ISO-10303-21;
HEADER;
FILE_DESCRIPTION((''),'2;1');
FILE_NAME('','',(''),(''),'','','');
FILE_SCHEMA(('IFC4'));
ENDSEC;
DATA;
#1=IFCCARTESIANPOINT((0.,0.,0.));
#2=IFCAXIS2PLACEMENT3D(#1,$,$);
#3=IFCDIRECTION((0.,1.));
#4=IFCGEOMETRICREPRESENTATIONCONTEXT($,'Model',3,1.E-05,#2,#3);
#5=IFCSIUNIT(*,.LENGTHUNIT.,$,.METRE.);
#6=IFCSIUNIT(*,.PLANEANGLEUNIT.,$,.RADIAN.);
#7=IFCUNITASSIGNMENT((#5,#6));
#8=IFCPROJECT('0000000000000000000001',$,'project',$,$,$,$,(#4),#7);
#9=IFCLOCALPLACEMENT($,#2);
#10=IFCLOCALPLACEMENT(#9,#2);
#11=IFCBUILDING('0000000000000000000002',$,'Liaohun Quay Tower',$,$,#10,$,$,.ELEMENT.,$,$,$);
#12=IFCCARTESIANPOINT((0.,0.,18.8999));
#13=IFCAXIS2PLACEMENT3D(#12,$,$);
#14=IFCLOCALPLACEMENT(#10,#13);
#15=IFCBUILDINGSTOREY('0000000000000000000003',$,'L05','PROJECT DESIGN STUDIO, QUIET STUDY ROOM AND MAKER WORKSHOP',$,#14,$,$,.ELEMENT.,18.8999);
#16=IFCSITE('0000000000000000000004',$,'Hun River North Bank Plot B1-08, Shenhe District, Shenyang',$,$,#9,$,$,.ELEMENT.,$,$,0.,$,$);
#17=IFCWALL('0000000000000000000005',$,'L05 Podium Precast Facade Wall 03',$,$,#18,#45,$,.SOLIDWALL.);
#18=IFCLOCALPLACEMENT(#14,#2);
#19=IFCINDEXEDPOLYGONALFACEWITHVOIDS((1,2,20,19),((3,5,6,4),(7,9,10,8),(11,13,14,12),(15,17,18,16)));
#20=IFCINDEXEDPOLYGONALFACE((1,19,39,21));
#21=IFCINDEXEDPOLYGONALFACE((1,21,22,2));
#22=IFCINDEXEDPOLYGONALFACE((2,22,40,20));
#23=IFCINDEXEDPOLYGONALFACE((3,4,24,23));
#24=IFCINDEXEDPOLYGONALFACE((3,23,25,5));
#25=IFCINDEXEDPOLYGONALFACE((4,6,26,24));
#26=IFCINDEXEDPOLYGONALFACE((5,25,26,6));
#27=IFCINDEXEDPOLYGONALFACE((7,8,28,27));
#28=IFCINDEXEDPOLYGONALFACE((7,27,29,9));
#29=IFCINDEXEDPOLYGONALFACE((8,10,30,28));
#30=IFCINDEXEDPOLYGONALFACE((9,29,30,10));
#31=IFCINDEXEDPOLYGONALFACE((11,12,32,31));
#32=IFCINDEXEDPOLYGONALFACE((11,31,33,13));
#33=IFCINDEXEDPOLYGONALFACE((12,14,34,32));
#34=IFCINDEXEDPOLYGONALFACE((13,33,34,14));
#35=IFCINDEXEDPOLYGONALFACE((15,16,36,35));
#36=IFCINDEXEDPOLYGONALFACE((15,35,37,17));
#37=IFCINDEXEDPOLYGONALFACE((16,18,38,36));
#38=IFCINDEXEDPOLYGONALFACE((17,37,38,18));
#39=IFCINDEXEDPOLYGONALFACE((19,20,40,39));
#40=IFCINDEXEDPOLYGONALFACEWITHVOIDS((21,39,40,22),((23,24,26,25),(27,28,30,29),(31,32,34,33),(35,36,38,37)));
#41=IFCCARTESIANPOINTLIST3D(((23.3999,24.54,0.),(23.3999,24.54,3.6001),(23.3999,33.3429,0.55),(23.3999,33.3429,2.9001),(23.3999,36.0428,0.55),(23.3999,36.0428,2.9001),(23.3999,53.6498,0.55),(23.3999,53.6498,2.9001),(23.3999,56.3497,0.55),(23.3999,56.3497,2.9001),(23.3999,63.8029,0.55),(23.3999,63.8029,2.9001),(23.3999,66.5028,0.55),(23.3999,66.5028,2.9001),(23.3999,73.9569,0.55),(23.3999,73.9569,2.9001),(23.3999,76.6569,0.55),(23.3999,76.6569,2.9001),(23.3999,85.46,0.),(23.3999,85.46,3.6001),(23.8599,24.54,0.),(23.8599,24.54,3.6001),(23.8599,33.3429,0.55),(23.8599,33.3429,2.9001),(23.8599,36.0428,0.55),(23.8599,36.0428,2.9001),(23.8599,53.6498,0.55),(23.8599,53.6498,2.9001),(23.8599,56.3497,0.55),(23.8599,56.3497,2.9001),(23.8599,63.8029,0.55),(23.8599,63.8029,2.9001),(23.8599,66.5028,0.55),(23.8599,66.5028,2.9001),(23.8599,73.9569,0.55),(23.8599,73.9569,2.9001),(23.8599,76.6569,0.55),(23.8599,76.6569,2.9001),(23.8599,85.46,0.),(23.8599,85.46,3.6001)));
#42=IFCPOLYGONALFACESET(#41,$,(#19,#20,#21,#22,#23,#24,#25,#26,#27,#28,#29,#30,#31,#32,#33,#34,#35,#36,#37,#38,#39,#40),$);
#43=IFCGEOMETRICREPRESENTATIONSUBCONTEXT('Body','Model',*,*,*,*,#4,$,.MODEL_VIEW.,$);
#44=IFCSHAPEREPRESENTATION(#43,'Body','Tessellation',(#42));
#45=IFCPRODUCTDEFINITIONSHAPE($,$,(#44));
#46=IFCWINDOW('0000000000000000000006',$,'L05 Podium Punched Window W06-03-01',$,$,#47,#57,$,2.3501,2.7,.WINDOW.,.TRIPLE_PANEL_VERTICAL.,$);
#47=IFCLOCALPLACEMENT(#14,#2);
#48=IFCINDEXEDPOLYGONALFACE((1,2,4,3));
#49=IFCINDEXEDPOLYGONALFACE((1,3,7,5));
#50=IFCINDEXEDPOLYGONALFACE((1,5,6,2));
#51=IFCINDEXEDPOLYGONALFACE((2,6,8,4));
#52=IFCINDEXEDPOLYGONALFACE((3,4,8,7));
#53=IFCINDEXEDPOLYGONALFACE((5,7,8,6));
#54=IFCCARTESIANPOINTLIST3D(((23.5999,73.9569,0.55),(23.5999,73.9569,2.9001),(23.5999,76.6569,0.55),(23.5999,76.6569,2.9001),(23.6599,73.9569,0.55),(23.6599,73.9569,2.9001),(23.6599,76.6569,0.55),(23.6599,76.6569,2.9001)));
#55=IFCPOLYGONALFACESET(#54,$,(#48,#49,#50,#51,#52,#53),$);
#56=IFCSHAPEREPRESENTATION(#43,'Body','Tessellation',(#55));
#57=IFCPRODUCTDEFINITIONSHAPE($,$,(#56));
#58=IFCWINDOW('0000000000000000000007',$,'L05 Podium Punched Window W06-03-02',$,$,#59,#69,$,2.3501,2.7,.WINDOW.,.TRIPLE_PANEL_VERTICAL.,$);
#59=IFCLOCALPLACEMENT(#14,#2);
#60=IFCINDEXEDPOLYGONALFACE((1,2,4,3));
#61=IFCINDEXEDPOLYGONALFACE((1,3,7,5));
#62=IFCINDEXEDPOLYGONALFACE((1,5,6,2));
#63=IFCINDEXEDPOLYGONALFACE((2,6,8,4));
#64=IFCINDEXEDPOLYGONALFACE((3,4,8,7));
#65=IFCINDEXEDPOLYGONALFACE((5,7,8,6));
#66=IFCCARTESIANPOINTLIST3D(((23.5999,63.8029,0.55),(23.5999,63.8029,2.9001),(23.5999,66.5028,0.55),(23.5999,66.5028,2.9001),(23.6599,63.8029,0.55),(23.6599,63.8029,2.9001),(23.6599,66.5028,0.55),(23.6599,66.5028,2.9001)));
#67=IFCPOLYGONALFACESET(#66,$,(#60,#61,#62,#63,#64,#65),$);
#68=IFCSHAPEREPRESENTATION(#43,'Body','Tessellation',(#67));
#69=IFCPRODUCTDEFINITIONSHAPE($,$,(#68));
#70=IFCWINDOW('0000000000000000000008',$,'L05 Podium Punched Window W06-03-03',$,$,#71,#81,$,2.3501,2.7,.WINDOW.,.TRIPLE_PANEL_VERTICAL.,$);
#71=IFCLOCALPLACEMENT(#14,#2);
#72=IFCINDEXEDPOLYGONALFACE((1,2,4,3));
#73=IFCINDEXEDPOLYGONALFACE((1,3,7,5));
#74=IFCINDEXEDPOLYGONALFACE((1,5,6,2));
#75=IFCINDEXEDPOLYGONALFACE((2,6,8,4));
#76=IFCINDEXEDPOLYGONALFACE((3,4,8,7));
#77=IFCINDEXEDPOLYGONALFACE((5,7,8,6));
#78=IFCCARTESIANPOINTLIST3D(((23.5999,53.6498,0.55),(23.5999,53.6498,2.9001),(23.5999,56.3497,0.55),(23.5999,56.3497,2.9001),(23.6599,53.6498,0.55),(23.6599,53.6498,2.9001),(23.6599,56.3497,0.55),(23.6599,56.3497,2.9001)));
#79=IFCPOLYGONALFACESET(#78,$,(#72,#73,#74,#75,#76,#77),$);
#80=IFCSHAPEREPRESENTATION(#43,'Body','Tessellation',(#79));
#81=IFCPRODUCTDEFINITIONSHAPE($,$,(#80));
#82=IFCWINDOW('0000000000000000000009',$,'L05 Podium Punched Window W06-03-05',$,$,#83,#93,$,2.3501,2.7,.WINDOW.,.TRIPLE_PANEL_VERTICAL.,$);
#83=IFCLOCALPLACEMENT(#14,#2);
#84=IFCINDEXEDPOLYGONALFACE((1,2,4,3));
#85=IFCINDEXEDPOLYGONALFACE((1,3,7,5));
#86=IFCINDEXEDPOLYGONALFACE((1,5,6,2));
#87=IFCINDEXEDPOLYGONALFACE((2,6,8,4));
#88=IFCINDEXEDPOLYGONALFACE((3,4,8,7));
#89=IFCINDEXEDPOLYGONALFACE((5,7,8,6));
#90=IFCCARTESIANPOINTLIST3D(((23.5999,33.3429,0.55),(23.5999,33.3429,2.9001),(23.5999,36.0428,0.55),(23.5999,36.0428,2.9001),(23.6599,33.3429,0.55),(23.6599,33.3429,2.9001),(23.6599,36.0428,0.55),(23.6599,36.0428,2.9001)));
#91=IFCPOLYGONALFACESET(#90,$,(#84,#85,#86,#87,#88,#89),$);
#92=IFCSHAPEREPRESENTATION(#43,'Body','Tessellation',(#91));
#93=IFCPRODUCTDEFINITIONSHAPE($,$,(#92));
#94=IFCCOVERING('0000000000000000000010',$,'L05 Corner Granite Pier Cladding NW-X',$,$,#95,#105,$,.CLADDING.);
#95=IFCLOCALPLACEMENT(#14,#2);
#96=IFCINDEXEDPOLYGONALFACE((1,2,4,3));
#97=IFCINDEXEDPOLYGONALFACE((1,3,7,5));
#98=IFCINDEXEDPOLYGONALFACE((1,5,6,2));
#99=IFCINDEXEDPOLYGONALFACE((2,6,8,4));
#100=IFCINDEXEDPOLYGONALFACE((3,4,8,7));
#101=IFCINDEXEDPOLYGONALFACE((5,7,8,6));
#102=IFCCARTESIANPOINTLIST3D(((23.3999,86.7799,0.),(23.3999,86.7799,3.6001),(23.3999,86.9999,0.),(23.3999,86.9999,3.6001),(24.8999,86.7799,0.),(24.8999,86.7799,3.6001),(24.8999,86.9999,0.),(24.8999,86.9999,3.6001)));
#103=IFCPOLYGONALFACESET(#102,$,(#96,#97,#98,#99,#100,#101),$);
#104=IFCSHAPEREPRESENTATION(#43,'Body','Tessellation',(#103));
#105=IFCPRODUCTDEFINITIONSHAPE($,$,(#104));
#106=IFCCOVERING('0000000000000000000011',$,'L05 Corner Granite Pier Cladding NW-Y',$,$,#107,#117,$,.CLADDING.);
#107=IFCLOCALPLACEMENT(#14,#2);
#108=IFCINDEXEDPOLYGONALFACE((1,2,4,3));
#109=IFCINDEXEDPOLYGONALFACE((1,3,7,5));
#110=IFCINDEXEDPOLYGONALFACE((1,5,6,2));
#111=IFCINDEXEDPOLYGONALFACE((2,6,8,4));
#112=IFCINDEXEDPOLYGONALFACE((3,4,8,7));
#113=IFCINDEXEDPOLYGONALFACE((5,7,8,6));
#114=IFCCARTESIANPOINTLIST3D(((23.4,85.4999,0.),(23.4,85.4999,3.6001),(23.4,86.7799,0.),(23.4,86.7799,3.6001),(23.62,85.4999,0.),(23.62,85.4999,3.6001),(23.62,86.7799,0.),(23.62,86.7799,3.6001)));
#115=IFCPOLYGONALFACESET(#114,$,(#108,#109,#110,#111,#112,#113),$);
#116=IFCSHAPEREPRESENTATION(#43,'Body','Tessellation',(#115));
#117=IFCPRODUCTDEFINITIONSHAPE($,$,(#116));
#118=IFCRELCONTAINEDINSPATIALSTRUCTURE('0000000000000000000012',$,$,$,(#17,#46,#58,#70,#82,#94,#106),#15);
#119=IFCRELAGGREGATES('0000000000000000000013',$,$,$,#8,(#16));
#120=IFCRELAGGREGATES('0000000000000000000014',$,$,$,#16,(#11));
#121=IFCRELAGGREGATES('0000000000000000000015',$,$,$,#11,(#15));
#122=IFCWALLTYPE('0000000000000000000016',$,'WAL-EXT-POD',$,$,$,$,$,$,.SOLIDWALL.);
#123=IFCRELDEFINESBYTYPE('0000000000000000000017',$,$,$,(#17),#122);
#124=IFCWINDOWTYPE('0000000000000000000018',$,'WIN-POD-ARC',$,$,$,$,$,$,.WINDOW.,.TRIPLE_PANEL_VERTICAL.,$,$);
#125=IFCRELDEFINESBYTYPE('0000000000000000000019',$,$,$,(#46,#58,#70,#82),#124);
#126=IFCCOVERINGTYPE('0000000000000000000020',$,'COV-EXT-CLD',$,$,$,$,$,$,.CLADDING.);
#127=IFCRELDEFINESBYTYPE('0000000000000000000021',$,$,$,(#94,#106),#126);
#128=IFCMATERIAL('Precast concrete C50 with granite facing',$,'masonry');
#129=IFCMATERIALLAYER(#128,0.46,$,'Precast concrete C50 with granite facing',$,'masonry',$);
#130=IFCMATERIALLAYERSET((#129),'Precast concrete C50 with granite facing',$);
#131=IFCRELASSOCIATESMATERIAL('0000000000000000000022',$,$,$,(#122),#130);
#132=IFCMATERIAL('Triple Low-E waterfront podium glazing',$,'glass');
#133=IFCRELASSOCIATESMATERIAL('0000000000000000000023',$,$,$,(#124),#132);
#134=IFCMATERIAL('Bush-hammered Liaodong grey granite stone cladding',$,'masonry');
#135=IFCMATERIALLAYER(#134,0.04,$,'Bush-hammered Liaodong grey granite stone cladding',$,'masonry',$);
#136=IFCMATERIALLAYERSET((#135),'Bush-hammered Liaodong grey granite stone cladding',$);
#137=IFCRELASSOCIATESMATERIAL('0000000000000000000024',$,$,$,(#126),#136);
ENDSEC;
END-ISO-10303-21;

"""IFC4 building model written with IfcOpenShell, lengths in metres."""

from ifc_helpers import new_model, si_unit, direction, frame, frame_2d, origin, origin_2d, place, context, subcontext, project, spatial, rectangle, extrude, source, transform, mapped, material, layer, layer_set, type_object, element, fill, save


model = new_model("IFC4")

# Units and contexts
model_context = context("Model", 3, precision=1e-05, world=origin(), true_north=direction((0.0, 1.0)))
body_context = subcontext(model_context, "Body", "Model", "MODEL_VIEW")
ifc_project = project(units=[si_unit("LENGTHUNIT", "METRE"), si_unit("PLANEANGLEUNIT", "RADIAN")], contexts=[model_context])

# Site, building, storey
site_placement = place(None, origin())
site = spatial("IfcSite", under=ifc_project, at=site_placement, Name="Hun River North Bank Plot B1-08, Shenhe District, Shenyang", CompositionType="ELEMENT", RefElevation=0.0)
building_placement = place(site_placement, origin())
building = spatial("IfcBuilding", under=site, at=building_placement, Name="Liaohun Quay Tower", CompositionType="ELEMENT")
storey_placement = place(building_placement, frame((0.0, 0.0, 18.8999)))
storey = spatial("IfcBuildingStorey", under=building, at=storey_placement, Name="L05", Description="PROJECT DESIGN STUDIO, QUIET STUDY ROOM AND MAKER WORKSHOP", CompositionType="ELEMENT", Elevation=18.8999)

# Wall, openings, windows
ifc_material_1 = material(Name="Precast concrete C50 with granite facing", Category="masonry")
ifc_layer_1 = layer(ifc_material_1, 0.46, Name="Precast concrete C50 with granite facing", Category="masonry")
ifc_layer_set_1 = layer_set([ifc_layer_1], Name="Precast concrete C50 with granite facing")
wall_type = type_object("IfcWallType", Name="WAL-EXT-POD", PredefinedType="SOLIDWALL", material=ifc_layer_set_1)
wall_placement = place(storey_placement, frame((23.6299, 85.46, 0.0), z_axis=(0.0, 0.0, 1.0), x_axis=(0.0, -1.0, 0.0)))
wall = element("IfcWall", 1, at=wall_placement, inside=storey, type_object=wall_type, Name="L05 Podium Precast Facade Wall 03", PredefinedType="SOLIDWALL", context=body_context, shape_type="SweptSolid", body=[
    extrude(rectangle(XDim=60.9199, YDim=0.46, at=frame_2d((30.46, 0.0))), origin(), (0.0, 0.0, 1.0), 3.6001),
])
shared_shape_1 = source(origin(), body_context, "Body", "SweptSolid", [
    extrude(rectangle(XDim=2.7, YDim=2.3501, at=frame_2d((1.3501, 1.175))), frame((0.0, 0.24, 0.0), z_axis=(0.0, -1.0, 0.0), x_axis=(1.0, 0.0, 0.0)), (0.0, 0.0, 1.0), 0.48),
])
opening_1_placement = place(wall_placement, frame((8.803, 0.0, 0.55)))
opening_1 = element("IfcOpeningElement", 2, at=opening_1_placement, cuts=wall, PredefinedType="OPENING", context=body_context, shape_type="MappedRepresentation", body=[
    mapped(shared_shape_1, transform((0.0, 0.0, 0.0), x_axis=(1.0, 0.0, 0.0), y_axis=(0.0, 1.0, 0.0), z_axis=(0.0, 0.0, 1.0), scale=1.0)),
])
opening_2_placement = place(wall_placement, frame((18.957, 0.0, 0.55)))
opening_2 = element("IfcOpeningElement", 3, at=opening_2_placement, cuts=wall, PredefinedType="OPENING", context=body_context, shape_type="MappedRepresentation", body=[
    mapped(shared_shape_1, transform((0.0, 0.0, 0.0), x_axis=(1.0, 0.0, 0.0), y_axis=(0.0, 1.0, 0.0), z_axis=(0.0, 0.0, 1.0), scale=1.0)),
])
opening_3_placement = place(wall_placement, frame((29.1101, 0.0, 0.55)))
opening_3 = element("IfcOpeningElement", 4, at=opening_3_placement, cuts=wall, PredefinedType="OPENING", context=body_context, shape_type="MappedRepresentation", body=[
    mapped(shared_shape_1, transform((0.0, 0.0, 0.0), x_axis=(1.0, 0.0, 0.0), y_axis=(0.0, 1.0, 0.0), z_axis=(0.0, 0.0, 1.0), scale=1.0)),
])
opening_4_placement = place(wall_placement, frame((49.417, 0.0, 0.55)))
opening_4 = element("IfcOpeningElement", 5, at=opening_4_placement, cuts=wall, PredefinedType="OPENING", context=body_context, shape_type="MappedRepresentation", body=[
    mapped(shared_shape_1, transform((0.0, 0.0, 0.0), x_axis=(1.0, 0.0, 0.0), y_axis=(0.0, 1.0, 0.0), z_axis=(0.0, 0.0, 1.0), scale=1.0)),
])
ifc_material_2 = material(Name="Triple Low-E waterfront podium glazing", Category="glass")
window_type = type_object("IfcWindowType", Name="WIN-POD-ARC", PartitioningType="TRIPLE_PANEL_VERTICAL", PredefinedType="WINDOW", material=ifc_material_2)
shared_shape_2 = source(origin(), body_context, "Body", "SweptSolid", [
    extrude(rectangle(XDim=2.7, YDim=2.3501, at=frame_2d((1.3501, 1.175))), frame((0.0, 0.03, 0.0), z_axis=(0.0, -1.0, 0.0), x_axis=(1.0, 0.0, 0.0)), (0.0, 0.0, 1.0), 0.0601),
])
window_1_placement = place(opening_1_placement, origin())
window_1 = element("IfcWindow", 6, at=window_1_placement, inside=storey, type_object=window_type, Name="L05 Podium Punched Window W06-03-01", OverallHeight=2.3501, OverallWidth=2.7, PartitioningType="TRIPLE_PANEL_VERTICAL", PredefinedType="WINDOW", context=body_context, shape_type="MappedRepresentation", body=[
    mapped(shared_shape_2, transform((0.0, 0.0, 0.0), x_axis=(1.0, 0.0, 0.0), y_axis=(0.0, 1.0, 0.0), z_axis=(0.0, 0.0, 1.0), scale=1.0)),
])
fill(opening_1, window_1)
window_2_placement = place(opening_2_placement, origin())
window_2 = element("IfcWindow", 7, at=window_2_placement, inside=storey, type_object=window_type, Name="L05 Podium Punched Window W06-03-02", OverallHeight=2.3501, OverallWidth=2.7, PartitioningType="TRIPLE_PANEL_VERTICAL", PredefinedType="WINDOW", context=body_context, shape_type="MappedRepresentation", body=[
    mapped(shared_shape_2, transform((0.0, 0.0, 0.0), x_axis=(1.0, 0.0, 0.0), y_axis=(0.0, 1.0, 0.0), z_axis=(0.0, 0.0, 1.0), scale=1.0)),
])
fill(opening_2, window_2)
window_3_placement = place(opening_3_placement, origin())
window_3 = element("IfcWindow", 8, at=window_3_placement, inside=storey, type_object=window_type, Name="L05 Podium Punched Window W06-03-03", OverallHeight=2.3501, OverallWidth=2.7, PartitioningType="TRIPLE_PANEL_VERTICAL", PredefinedType="WINDOW", context=body_context, shape_type="MappedRepresentation", body=[
    mapped(shared_shape_2, transform((0.0, 0.0, 0.0), x_axis=(1.0, 0.0, 0.0), y_axis=(0.0, 1.0, 0.0), z_axis=(0.0, 0.0, 1.0), scale=1.0)),
])
fill(opening_3, window_3)
window_4_placement = place(opening_4_placement, origin())
window_4 = element("IfcWindow", 9, at=window_4_placement, inside=storey, type_object=window_type, Name="L05 Podium Punched Window W06-03-05", OverallHeight=2.3501, OverallWidth=2.7, PartitioningType="TRIPLE_PANEL_VERTICAL", PredefinedType="WINDOW", context=body_context, shape_type="MappedRepresentation", body=[
    mapped(shared_shape_2, transform((0.0, 0.0, 0.0), x_axis=(1.0, 0.0, 0.0), y_axis=(0.0, 1.0, 0.0), z_axis=(0.0, 0.0, 1.0), scale=1.0)),
])
fill(opening_4, window_4)

# Coverings
ifc_material_3 = material(Name="Bush-hammered Liaodong grey granite stone cladding", Category="masonry")
ifc_layer_2 = layer(ifc_material_3, 0.04, Name="Bush-hammered Liaodong grey granite stone cladding", Category="masonry")
ifc_layer_set_2 = layer_set([ifc_layer_2], Name="Bush-hammered Liaodong grey granite stone cladding")
covering_type = type_object("IfcCoveringType", Name="COV-EXT-CLD", PredefinedType="CLADDING", material=ifc_layer_set_2)
shared_shape_3 = source(origin(), body_context, "Body", "SweptSolid", [
    extrude(rectangle(XDim=1.5, YDim=0.22, at=origin_2d()), origin(), (0.0, 0.0, 1.0), 3.6001),
])
covering_1_placement = place(storey_placement, frame((24.1499, 86.8899, 0.0), z_axis=(0.0, 0.0, 1.0), x_axis=(1.0, 0.0, 0.0)))
element("IfcCovering", 10, at=covering_1_placement, inside=storey, type_object=covering_type, Name="L05 Corner Granite Pier Cladding NW-X", PredefinedType="CLADDING", context=body_context, shape_type="MappedRepresentation", body=[
    mapped(shared_shape_3, transform((0.0, 0.0, 0.0), x_axis=(1.0, 0.0, 0.0), y_axis=(0.0, 1.0, 0.0), z_axis=(0.0, 0.0, 1.0), scale=1.0)),
])
shared_shape_4 = source(origin(), body_context, "Body", "SweptSolid", [
    extrude(rectangle(XDim=0.22, YDim=1.28, at=origin_2d()), origin(), (0.0, 0.0, 1.0), 3.6001),
])
covering_2_placement = place(storey_placement, frame((23.51, 86.1399, 0.0), z_axis=(0.0, 0.0, 1.0), x_axis=(1.0, 0.0, 0.0)))
element("IfcCovering", 11, at=covering_2_placement, inside=storey, type_object=covering_type, Name="L05 Corner Granite Pier Cladding NW-Y", PredefinedType="CLADDING", context=body_context, shape_type="MappedRepresentation", body=[
    mapped(shared_shape_4, transform((0.0, 0.0, 0.0), x_axis=(1.0, 0.0, 0.0), y_axis=(0.0, 1.0, 0.0), z_axis=(0.0, 0.0, 1.0), scale=1.0)),
])

save(model, "model.ifc")
